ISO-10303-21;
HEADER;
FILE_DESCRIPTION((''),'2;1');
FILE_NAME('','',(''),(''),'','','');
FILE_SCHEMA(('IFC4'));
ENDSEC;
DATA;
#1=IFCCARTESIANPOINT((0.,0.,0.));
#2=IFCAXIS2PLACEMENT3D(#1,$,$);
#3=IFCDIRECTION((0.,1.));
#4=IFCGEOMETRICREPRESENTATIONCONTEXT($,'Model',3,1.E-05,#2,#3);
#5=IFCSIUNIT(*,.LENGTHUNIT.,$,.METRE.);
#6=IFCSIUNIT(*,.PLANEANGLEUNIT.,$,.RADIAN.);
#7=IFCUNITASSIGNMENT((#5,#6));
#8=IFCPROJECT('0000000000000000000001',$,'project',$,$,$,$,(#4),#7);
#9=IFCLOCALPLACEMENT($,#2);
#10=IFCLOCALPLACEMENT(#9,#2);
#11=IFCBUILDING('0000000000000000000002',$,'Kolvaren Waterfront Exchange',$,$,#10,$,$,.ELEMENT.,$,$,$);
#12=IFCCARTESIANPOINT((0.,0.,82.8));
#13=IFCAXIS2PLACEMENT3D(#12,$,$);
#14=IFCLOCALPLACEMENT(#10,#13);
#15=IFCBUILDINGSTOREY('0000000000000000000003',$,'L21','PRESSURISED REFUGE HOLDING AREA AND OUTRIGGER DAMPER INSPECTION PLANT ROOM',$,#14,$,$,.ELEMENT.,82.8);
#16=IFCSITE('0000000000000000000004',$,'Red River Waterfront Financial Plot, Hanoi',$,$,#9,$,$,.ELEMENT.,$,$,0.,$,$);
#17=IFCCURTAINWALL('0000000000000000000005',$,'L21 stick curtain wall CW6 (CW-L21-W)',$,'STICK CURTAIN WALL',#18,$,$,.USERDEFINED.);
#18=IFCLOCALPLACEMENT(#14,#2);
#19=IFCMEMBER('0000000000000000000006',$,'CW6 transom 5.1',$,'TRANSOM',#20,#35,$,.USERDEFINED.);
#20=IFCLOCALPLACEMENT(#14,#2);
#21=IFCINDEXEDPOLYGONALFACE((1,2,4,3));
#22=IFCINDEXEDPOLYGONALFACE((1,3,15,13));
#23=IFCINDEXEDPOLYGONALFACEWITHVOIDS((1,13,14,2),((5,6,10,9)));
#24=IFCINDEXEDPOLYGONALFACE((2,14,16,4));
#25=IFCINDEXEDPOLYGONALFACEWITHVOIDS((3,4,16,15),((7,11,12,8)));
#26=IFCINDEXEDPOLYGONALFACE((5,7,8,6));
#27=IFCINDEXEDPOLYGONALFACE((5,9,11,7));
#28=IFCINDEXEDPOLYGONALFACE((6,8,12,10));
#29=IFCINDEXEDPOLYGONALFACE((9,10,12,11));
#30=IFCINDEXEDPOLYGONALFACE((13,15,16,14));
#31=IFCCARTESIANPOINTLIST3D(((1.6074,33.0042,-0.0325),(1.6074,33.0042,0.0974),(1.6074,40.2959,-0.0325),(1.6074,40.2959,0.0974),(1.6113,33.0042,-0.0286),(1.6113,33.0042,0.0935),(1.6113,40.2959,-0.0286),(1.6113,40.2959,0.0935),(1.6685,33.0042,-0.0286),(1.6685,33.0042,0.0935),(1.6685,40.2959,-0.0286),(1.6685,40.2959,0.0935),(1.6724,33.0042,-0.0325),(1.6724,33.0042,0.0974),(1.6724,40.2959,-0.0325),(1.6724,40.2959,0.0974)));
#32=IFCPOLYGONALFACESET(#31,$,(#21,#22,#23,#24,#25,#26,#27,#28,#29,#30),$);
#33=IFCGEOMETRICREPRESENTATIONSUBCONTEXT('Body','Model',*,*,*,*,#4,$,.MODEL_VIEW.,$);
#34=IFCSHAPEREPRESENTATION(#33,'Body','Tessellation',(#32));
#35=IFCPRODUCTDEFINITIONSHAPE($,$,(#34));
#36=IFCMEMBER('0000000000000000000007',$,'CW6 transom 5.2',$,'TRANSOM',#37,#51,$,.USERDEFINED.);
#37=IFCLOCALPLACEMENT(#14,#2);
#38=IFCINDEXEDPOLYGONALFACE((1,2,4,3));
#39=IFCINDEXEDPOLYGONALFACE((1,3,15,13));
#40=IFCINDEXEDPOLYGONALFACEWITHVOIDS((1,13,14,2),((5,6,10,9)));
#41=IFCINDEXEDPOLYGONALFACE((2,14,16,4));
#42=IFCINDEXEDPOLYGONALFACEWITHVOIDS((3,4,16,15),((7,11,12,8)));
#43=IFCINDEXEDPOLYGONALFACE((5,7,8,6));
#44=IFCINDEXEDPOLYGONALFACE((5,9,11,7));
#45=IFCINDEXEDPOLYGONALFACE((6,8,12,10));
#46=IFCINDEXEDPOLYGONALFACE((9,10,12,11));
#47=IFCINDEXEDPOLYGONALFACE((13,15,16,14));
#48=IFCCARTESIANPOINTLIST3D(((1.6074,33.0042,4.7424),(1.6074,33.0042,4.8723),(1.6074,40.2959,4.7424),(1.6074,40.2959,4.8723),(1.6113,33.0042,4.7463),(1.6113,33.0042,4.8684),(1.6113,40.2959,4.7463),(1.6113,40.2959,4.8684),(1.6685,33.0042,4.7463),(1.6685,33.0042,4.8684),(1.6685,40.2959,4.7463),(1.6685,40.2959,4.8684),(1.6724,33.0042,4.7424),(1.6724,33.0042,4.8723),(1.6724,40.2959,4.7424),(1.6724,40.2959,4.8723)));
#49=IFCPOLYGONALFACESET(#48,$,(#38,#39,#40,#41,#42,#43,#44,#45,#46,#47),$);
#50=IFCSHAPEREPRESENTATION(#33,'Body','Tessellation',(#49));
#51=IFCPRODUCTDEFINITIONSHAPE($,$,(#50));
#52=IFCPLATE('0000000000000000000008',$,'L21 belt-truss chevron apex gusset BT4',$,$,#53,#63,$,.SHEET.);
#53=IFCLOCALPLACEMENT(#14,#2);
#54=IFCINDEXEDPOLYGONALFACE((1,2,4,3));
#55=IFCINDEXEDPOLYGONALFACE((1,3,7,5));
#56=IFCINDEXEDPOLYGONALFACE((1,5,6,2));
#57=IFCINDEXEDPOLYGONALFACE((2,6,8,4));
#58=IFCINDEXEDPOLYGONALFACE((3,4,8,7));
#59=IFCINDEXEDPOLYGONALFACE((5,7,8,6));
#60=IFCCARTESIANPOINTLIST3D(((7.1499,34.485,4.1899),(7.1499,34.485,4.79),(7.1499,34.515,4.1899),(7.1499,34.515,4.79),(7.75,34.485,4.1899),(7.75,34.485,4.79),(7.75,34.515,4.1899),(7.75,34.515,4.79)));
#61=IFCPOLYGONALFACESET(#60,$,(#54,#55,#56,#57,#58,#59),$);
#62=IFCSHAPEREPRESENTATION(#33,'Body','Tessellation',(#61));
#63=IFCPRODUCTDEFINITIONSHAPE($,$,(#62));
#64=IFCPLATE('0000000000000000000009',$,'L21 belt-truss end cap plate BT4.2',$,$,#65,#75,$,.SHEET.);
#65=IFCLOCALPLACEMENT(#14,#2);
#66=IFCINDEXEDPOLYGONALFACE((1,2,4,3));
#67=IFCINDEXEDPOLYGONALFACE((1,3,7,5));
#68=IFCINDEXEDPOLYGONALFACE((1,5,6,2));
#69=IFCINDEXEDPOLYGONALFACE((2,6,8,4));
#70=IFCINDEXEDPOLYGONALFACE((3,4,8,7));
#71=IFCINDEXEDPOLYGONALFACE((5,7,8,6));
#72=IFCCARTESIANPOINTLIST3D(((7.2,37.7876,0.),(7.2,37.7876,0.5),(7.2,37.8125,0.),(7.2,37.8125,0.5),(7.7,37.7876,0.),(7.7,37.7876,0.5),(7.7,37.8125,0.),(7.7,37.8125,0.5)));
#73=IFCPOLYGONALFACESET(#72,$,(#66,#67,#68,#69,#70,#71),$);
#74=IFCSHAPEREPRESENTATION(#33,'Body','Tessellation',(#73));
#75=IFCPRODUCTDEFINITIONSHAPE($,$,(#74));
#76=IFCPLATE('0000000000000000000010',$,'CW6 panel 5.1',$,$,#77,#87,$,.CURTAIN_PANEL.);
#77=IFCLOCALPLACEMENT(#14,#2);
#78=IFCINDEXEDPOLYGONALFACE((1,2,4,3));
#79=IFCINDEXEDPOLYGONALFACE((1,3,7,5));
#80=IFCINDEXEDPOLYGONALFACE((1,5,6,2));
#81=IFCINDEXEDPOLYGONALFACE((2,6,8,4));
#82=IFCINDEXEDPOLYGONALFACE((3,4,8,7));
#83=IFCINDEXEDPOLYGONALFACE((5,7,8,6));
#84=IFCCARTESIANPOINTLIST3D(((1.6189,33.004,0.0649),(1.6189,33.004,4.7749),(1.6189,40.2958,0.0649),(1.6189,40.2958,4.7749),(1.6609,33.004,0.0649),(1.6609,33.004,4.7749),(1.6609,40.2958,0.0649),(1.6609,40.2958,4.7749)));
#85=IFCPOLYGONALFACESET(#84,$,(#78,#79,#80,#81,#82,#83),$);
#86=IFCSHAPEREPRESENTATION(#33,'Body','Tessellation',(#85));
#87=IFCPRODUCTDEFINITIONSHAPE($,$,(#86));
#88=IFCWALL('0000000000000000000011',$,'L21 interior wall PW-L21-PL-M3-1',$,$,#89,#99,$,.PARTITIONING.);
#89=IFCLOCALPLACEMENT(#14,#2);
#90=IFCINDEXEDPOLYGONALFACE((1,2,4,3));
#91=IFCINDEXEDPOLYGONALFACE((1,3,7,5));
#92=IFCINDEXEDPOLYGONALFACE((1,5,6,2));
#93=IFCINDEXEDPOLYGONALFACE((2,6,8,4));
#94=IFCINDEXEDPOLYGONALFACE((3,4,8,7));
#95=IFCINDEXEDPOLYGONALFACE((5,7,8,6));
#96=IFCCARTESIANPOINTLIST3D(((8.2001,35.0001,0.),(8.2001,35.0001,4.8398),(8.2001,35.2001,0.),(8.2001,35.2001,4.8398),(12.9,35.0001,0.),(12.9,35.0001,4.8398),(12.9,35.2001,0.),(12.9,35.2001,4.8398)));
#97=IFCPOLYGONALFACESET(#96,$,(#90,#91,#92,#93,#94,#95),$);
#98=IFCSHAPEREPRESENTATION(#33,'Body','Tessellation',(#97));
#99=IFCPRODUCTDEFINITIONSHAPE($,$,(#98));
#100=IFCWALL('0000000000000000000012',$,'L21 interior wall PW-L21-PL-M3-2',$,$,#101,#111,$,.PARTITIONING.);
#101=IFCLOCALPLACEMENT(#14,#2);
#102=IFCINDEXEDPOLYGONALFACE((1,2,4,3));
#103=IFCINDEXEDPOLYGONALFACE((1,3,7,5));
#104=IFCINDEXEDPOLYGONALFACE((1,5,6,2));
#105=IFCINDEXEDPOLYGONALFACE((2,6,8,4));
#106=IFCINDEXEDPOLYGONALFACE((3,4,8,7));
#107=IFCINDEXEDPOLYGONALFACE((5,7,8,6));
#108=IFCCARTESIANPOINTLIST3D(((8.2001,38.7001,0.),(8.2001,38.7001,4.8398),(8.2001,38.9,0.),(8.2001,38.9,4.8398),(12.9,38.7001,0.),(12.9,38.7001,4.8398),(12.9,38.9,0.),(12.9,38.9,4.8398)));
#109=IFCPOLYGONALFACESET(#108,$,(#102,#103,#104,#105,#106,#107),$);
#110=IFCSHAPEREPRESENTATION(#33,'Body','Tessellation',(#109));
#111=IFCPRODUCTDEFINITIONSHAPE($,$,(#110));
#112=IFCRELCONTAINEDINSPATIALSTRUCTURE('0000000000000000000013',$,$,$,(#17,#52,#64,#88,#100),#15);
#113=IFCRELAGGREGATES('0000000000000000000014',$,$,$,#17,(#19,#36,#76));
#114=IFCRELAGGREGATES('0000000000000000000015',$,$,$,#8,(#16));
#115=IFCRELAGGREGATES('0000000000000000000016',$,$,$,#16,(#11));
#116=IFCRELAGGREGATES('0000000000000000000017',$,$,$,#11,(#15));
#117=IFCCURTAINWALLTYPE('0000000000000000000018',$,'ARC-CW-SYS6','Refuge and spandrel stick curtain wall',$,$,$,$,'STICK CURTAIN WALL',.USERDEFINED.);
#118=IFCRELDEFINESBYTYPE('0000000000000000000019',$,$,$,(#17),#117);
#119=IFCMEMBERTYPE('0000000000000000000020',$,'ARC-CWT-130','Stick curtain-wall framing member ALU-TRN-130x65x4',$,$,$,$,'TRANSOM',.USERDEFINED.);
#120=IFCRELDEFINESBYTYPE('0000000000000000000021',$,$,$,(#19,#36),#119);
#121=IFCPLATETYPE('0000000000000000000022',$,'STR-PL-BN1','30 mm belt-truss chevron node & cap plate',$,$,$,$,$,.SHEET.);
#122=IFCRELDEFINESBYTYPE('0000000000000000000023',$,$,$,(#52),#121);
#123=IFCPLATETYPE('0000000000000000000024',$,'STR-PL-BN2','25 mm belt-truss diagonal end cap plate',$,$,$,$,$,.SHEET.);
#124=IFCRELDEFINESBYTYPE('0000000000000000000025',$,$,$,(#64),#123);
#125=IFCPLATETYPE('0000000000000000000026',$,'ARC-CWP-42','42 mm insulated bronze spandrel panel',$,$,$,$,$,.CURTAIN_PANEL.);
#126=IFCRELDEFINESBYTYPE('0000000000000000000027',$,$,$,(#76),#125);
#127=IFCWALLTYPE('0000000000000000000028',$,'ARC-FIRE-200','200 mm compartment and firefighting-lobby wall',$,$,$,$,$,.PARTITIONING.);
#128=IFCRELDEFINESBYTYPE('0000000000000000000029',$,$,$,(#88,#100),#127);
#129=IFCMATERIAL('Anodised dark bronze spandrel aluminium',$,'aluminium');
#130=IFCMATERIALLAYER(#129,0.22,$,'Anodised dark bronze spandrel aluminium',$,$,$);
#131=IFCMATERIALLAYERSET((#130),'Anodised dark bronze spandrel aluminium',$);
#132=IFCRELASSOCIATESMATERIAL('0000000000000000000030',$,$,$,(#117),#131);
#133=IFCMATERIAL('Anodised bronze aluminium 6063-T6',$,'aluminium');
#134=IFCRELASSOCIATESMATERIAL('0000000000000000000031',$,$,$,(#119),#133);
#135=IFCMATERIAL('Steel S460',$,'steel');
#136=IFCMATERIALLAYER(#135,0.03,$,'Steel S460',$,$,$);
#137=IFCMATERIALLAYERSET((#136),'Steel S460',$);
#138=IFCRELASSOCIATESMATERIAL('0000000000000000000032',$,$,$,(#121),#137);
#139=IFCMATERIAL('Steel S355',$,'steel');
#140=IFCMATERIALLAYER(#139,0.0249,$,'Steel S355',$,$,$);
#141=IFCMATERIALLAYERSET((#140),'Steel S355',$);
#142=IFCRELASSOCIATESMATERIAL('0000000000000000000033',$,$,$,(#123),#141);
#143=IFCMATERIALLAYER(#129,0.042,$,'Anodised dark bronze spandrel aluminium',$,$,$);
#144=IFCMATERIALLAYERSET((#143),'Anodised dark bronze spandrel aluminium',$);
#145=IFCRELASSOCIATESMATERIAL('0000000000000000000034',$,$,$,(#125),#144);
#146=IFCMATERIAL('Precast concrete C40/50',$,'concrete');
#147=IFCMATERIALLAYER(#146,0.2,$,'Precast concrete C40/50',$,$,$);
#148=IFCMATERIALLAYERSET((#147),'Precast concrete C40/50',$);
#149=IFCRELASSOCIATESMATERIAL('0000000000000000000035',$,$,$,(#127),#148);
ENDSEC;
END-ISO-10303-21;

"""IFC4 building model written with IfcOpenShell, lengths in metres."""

from ifc_helpers import new_model, si_unit, direction, frame, frame_2d, origin, origin_with_axes, origin_2d, place, context, subcontext, project, spatial, rectangle, hollow_rectangle, extrude, source, transform, mapped, material, layer, layer_set, material_profile, profile_set, type_object, element, aggregate, save


model = new_model("IFC4")

# Units and contexts
model_context = context("Model", 3, precision=1e-05, world=origin(), true_north=direction((0.0, 1.0)))
body_context = subcontext(model_context, "Body", "Model", "MODEL_VIEW")
ifc_project = project(units=[si_unit("LENGTHUNIT", "METRE"), si_unit("PLANEANGLEUNIT", "RADIAN")], contexts=[model_context])

# Site, building, storey
site_placement = place(None, origin())
site = spatial("IfcSite", under=ifc_project, at=site_placement, Name="Red River Waterfront Financial Plot, Hanoi", CompositionType="ELEMENT", RefElevation=0.0)
building_placement = place(site_placement, origin())
building = spatial("IfcBuilding", under=site, at=building_placement, Name="Kolvaren Waterfront Exchange", CompositionType="ELEMENT")
storey_placement = place(building_placement, frame((0.0, 0.0, 82.8)))
storey = spatial("IfcBuildingStorey", under=building, at=storey_placement, Name="L21", Description="PRESSURISED REFUGE HOLDING AREA AND OUTRIGGER DAMPER INSPECTION PLANT ROOM", CompositionType="ELEMENT", Elevation=82.8)

# Shared definitions
ifc_material_1 = material(Name="Steel S355", Category="steel")

# Shared definitions
ifc_material_2 = material(Name="Steel S460", Category="steel")

# Curtain wall, members
ifc_material_3 = material(Name="Anodised dark bronze spandrel aluminium", Category="aluminium")
ifc_layer_1 = layer(ifc_material_3, 0.22, Name="Anodised dark bronze spandrel aluminium")
ifc_layer_set_1 = layer_set([ifc_layer_1], Name="Anodised dark bronze spandrel aluminium")
curtain_wall_type = type_object("IfcCurtainWallType", Name="ARC-CW-SYS6", Description="Refuge and spandrel stick curtain wall", ElementType="STICK CURTAIN WALL", PredefinedType="USERDEFINED", material=ifc_layer_set_1)
curtain_wall_placement = place(storey_placement, origin())
curtain_wall = element("IfcCurtainWall", 1, at=curtain_wall_placement, inside=storey, type_object=curtain_wall_type, Name="L21 stick curtain wall CW6 (CW-L21-W)", ObjectType="STICK CURTAIN WALL", PredefinedType="USERDEFINED")
ifc_material_4 = material(Name="Anodised bronze aluminium 6063-T6", Category="aluminium")
ifc_material_profile_1 = material_profile(ifc_material_4, hollow_rectangle(XDim=0.0649, YDim=0.1299, WallThickness=0.0039, at=origin_2d()), Name="ALU-TRN-130x65x4")
ifc_profile_set_1 = profile_set([ifc_material_profile_1], Name="Anodised bronze aluminium 6063-T6")
member_type_1 = type_object("IfcMemberType", Name="ARC-CWT-130", Description="Stick curtain-wall framing member ALU-TRN-130x65x4", ElementType="TRANSOM", PredefinedType="USERDEFINED", material=ifc_profile_set_1)
shared_shape_1 = source(origin_with_axes(), body_context, "Body", "SweptSolid", [
    extrude(hollow_rectangle(XDim=0.0649, YDim=0.1299, WallThickness=0.0039, at=origin_2d()), origin(), (0.0, 0.0, 1.0), 7.2917),
])
member_1_placement = place(storey_placement, frame((1.6399, 33.0042, 0.0325), z_axis=(0.0, 1.0, 0.0), x_axis=(-1.0, 0.0, 0.0)))
member_1 = element("IfcMember", 2, at=member_1_placement, type_object=member_type_1, Name="CW6 transom 5.1", ObjectType="TRANSOM", PredefinedType="USERDEFINED", context=body_context, shape_type="MappedRepresentation", body=[
    mapped(shared_shape_1, transform((0.0, 0.0, 0.0), x_axis=(1.0, 0.0, 0.0), y_axis=(0.0, 1.0, 0.0), z_axis=(0.0, 0.0, 1.0), scale=1.0)),
])
member_2_placement = place(storey_placement, frame((1.6399, 33.0042, 4.8074), z_axis=(0.0, 1.0, 0.0), x_axis=(-1.0, 0.0, 0.0)))
member_2 = element("IfcMember", 3, at=member_2_placement, type_object=member_type_1, Name="CW6 transom 5.2", ObjectType="TRANSOM", PredefinedType="USERDEFINED", context=body_context, shape_type="MappedRepresentation", body=[
    mapped(shared_shape_1, transform((0.0, 0.0, 0.0), x_axis=(1.0, 0.0, 0.0), y_axis=(0.0, 1.0, 0.0), z_axis=(0.0, 0.0, 1.0), scale=1.0)),
])

# Plates
ifc_layer_2 = layer(ifc_material_2, 0.03, Name="Steel S460")
ifc_layer_set_2 = layer_set([ifc_layer_2], Name="Steel S460")
plate_type_1 = type_object("IfcPlateType", Name="STR-PL-BN1", Description="30 mm belt-truss chevron node & cap plate", PredefinedType="SHEET", material=ifc_layer_set_2)
shared_shape_2 = source(origin_with_axes(), body_context, "Body", "SweptSolid", [
    extrude(rectangle(XDim=0.6001, YDim=0.03, at=origin_2d()), origin(), (0.0, 0.0, 1.0), 0.6001),
])
plate_1_placement = place(storey_placement, frame((7.45, 34.5, 4.1899), z_axis=(0.0, 0.0, 1.0), x_axis=(1.0, 0.0, 0.0)))
element("IfcPlate", 4, at=plate_1_placement, inside=storey, type_object=plate_type_1, Name="L21 belt-truss chevron apex gusset BT4", PredefinedType="SHEET", context=body_context, shape_type="MappedRepresentation", body=[
    mapped(shared_shape_2, transform((0.0, 0.0, 0.0), x_axis=(1.0, 0.0, 0.0), y_axis=(0.0, 1.0, 0.0), z_axis=(0.0, 0.0, 1.0), scale=1.0)),
])
ifc_layer_3 = layer(ifc_material_1, 0.0249, Name="Steel S355")
ifc_layer_set_3 = layer_set([ifc_layer_3], Name="Steel S355")
plate_type_2 = type_object("IfcPlateType", Name="STR-PL-BN2", Description="25 mm belt-truss diagonal end cap plate", PredefinedType="SHEET", material=ifc_layer_set_3)
shared_shape_3 = source(origin_with_axes(), body_context, "Body", "SweptSolid", [
    extrude(rectangle(XDim=0.5, YDim=0.0249, at=origin_2d()), origin(), (0.0, 0.0, 1.0), 0.5),
])
plate_2_placement = place(storey_placement, frame((7.45, 37.8, 0.0), z_axis=(0.0, 0.0, 1.0), x_axis=(1.0, 0.0, 0.0)))
element("IfcPlate", 5, at=plate_2_placement, inside=storey, type_object=plate_type_2, Name="L21 belt-truss end cap plate BT4.2", PredefinedType="SHEET", context=body_context, shape_type="MappedRepresentation", body=[
    mapped(shared_shape_3, transform((0.0, 0.0, 0.0), x_axis=(1.0, 0.0, 0.0), y_axis=(0.0, 1.0, 0.0), z_axis=(0.0, 0.0, 1.0), scale=1.0)),
])

# Plate
ifc_layer_4 = layer(ifc_material_3, 0.042, Name="Anodised dark bronze spandrel aluminium")
ifc_layer_set_4 = layer_set([ifc_layer_4], Name="Anodised dark bronze spandrel aluminium")
plate_type_3 = type_object("IfcPlateType", Name="ARC-CWP-42", Description="42 mm insulated bronze spandrel panel", PredefinedType="CURTAIN_PANEL", material=ifc_layer_set_4)
shared_shape_4 = source(origin_with_axes(), body_context, "Body", "SweptSolid", [
    extrude(rectangle(XDim=7.2917, YDim=0.042, at=origin_2d()), origin(), (0.0, 0.0, 1.0), 4.71),
])
plate_3_placement = place(storey_placement, frame((1.6399, 36.6499, 0.0649), z_axis=(0.0, 0.0, 1.0), x_axis=(0.0, 1.0, 0.0)))
plate_3 = element("IfcPlate", 6, at=plate_3_placement, type_object=plate_type_3, Name="CW6 panel 5.1", PredefinedType="CURTAIN_PANEL", context=body_context, shape_type="MappedRepresentation", body=[
    mapped(shared_shape_4, transform((0.0, 0.0, 0.0), x_axis=(1.0, 0.0, 0.0), y_axis=(0.0, 1.0, 0.0), z_axis=(0.0, 0.0, 1.0), scale=1.0)),
])
aggregate(curtain_wall, [member_1, member_2, plate_3])

# Walls
ifc_material_5 = material(Name="Precast concrete C40/50", Category="concrete")
ifc_layer_5 = layer(ifc_material_5, 0.2, Name="Precast concrete C40/50")
ifc_layer_set_5 = layer_set([ifc_layer_5], Name="Precast concrete C40/50")
wall_type = type_object("IfcWallType", Name="ARC-FIRE-200", Description="200 mm compartment and firefighting-lobby wall", PredefinedType="PARTITIONING", material=ifc_layer_set_5)
for number, where, z_axis, x_axis, name in (
    (7, (8.2, 35.1001, 0.0), (0.0, 0.0, 1.0), (1.0, 0.0, 0.0), "L21 interior wall PW-L21-PL-M3-1"),
    (8, (8.2, 38.8, 0.0), (0.0, 0.0, 1.0), (1.0, 0.0, 0.0), "L21 interior wall PW-L21-PL-M3-2"),
):
    element("IfcWall", number, at=place(storey_placement, frame(where, z_axis=z_axis, x_axis=x_axis)), inside=storey, type_object=wall_type, Name=name, PredefinedType="PARTITIONING", context=body_context, shape_type="SweptSolid", body=[
        extrude(rectangle(XDim=4.7, YDim=0.2, at=frame_2d((2.3501, 0.0))), origin(), (0.0, 0.0, 1.0), 4.8398),
    ])

save(model, "model.ifc")
